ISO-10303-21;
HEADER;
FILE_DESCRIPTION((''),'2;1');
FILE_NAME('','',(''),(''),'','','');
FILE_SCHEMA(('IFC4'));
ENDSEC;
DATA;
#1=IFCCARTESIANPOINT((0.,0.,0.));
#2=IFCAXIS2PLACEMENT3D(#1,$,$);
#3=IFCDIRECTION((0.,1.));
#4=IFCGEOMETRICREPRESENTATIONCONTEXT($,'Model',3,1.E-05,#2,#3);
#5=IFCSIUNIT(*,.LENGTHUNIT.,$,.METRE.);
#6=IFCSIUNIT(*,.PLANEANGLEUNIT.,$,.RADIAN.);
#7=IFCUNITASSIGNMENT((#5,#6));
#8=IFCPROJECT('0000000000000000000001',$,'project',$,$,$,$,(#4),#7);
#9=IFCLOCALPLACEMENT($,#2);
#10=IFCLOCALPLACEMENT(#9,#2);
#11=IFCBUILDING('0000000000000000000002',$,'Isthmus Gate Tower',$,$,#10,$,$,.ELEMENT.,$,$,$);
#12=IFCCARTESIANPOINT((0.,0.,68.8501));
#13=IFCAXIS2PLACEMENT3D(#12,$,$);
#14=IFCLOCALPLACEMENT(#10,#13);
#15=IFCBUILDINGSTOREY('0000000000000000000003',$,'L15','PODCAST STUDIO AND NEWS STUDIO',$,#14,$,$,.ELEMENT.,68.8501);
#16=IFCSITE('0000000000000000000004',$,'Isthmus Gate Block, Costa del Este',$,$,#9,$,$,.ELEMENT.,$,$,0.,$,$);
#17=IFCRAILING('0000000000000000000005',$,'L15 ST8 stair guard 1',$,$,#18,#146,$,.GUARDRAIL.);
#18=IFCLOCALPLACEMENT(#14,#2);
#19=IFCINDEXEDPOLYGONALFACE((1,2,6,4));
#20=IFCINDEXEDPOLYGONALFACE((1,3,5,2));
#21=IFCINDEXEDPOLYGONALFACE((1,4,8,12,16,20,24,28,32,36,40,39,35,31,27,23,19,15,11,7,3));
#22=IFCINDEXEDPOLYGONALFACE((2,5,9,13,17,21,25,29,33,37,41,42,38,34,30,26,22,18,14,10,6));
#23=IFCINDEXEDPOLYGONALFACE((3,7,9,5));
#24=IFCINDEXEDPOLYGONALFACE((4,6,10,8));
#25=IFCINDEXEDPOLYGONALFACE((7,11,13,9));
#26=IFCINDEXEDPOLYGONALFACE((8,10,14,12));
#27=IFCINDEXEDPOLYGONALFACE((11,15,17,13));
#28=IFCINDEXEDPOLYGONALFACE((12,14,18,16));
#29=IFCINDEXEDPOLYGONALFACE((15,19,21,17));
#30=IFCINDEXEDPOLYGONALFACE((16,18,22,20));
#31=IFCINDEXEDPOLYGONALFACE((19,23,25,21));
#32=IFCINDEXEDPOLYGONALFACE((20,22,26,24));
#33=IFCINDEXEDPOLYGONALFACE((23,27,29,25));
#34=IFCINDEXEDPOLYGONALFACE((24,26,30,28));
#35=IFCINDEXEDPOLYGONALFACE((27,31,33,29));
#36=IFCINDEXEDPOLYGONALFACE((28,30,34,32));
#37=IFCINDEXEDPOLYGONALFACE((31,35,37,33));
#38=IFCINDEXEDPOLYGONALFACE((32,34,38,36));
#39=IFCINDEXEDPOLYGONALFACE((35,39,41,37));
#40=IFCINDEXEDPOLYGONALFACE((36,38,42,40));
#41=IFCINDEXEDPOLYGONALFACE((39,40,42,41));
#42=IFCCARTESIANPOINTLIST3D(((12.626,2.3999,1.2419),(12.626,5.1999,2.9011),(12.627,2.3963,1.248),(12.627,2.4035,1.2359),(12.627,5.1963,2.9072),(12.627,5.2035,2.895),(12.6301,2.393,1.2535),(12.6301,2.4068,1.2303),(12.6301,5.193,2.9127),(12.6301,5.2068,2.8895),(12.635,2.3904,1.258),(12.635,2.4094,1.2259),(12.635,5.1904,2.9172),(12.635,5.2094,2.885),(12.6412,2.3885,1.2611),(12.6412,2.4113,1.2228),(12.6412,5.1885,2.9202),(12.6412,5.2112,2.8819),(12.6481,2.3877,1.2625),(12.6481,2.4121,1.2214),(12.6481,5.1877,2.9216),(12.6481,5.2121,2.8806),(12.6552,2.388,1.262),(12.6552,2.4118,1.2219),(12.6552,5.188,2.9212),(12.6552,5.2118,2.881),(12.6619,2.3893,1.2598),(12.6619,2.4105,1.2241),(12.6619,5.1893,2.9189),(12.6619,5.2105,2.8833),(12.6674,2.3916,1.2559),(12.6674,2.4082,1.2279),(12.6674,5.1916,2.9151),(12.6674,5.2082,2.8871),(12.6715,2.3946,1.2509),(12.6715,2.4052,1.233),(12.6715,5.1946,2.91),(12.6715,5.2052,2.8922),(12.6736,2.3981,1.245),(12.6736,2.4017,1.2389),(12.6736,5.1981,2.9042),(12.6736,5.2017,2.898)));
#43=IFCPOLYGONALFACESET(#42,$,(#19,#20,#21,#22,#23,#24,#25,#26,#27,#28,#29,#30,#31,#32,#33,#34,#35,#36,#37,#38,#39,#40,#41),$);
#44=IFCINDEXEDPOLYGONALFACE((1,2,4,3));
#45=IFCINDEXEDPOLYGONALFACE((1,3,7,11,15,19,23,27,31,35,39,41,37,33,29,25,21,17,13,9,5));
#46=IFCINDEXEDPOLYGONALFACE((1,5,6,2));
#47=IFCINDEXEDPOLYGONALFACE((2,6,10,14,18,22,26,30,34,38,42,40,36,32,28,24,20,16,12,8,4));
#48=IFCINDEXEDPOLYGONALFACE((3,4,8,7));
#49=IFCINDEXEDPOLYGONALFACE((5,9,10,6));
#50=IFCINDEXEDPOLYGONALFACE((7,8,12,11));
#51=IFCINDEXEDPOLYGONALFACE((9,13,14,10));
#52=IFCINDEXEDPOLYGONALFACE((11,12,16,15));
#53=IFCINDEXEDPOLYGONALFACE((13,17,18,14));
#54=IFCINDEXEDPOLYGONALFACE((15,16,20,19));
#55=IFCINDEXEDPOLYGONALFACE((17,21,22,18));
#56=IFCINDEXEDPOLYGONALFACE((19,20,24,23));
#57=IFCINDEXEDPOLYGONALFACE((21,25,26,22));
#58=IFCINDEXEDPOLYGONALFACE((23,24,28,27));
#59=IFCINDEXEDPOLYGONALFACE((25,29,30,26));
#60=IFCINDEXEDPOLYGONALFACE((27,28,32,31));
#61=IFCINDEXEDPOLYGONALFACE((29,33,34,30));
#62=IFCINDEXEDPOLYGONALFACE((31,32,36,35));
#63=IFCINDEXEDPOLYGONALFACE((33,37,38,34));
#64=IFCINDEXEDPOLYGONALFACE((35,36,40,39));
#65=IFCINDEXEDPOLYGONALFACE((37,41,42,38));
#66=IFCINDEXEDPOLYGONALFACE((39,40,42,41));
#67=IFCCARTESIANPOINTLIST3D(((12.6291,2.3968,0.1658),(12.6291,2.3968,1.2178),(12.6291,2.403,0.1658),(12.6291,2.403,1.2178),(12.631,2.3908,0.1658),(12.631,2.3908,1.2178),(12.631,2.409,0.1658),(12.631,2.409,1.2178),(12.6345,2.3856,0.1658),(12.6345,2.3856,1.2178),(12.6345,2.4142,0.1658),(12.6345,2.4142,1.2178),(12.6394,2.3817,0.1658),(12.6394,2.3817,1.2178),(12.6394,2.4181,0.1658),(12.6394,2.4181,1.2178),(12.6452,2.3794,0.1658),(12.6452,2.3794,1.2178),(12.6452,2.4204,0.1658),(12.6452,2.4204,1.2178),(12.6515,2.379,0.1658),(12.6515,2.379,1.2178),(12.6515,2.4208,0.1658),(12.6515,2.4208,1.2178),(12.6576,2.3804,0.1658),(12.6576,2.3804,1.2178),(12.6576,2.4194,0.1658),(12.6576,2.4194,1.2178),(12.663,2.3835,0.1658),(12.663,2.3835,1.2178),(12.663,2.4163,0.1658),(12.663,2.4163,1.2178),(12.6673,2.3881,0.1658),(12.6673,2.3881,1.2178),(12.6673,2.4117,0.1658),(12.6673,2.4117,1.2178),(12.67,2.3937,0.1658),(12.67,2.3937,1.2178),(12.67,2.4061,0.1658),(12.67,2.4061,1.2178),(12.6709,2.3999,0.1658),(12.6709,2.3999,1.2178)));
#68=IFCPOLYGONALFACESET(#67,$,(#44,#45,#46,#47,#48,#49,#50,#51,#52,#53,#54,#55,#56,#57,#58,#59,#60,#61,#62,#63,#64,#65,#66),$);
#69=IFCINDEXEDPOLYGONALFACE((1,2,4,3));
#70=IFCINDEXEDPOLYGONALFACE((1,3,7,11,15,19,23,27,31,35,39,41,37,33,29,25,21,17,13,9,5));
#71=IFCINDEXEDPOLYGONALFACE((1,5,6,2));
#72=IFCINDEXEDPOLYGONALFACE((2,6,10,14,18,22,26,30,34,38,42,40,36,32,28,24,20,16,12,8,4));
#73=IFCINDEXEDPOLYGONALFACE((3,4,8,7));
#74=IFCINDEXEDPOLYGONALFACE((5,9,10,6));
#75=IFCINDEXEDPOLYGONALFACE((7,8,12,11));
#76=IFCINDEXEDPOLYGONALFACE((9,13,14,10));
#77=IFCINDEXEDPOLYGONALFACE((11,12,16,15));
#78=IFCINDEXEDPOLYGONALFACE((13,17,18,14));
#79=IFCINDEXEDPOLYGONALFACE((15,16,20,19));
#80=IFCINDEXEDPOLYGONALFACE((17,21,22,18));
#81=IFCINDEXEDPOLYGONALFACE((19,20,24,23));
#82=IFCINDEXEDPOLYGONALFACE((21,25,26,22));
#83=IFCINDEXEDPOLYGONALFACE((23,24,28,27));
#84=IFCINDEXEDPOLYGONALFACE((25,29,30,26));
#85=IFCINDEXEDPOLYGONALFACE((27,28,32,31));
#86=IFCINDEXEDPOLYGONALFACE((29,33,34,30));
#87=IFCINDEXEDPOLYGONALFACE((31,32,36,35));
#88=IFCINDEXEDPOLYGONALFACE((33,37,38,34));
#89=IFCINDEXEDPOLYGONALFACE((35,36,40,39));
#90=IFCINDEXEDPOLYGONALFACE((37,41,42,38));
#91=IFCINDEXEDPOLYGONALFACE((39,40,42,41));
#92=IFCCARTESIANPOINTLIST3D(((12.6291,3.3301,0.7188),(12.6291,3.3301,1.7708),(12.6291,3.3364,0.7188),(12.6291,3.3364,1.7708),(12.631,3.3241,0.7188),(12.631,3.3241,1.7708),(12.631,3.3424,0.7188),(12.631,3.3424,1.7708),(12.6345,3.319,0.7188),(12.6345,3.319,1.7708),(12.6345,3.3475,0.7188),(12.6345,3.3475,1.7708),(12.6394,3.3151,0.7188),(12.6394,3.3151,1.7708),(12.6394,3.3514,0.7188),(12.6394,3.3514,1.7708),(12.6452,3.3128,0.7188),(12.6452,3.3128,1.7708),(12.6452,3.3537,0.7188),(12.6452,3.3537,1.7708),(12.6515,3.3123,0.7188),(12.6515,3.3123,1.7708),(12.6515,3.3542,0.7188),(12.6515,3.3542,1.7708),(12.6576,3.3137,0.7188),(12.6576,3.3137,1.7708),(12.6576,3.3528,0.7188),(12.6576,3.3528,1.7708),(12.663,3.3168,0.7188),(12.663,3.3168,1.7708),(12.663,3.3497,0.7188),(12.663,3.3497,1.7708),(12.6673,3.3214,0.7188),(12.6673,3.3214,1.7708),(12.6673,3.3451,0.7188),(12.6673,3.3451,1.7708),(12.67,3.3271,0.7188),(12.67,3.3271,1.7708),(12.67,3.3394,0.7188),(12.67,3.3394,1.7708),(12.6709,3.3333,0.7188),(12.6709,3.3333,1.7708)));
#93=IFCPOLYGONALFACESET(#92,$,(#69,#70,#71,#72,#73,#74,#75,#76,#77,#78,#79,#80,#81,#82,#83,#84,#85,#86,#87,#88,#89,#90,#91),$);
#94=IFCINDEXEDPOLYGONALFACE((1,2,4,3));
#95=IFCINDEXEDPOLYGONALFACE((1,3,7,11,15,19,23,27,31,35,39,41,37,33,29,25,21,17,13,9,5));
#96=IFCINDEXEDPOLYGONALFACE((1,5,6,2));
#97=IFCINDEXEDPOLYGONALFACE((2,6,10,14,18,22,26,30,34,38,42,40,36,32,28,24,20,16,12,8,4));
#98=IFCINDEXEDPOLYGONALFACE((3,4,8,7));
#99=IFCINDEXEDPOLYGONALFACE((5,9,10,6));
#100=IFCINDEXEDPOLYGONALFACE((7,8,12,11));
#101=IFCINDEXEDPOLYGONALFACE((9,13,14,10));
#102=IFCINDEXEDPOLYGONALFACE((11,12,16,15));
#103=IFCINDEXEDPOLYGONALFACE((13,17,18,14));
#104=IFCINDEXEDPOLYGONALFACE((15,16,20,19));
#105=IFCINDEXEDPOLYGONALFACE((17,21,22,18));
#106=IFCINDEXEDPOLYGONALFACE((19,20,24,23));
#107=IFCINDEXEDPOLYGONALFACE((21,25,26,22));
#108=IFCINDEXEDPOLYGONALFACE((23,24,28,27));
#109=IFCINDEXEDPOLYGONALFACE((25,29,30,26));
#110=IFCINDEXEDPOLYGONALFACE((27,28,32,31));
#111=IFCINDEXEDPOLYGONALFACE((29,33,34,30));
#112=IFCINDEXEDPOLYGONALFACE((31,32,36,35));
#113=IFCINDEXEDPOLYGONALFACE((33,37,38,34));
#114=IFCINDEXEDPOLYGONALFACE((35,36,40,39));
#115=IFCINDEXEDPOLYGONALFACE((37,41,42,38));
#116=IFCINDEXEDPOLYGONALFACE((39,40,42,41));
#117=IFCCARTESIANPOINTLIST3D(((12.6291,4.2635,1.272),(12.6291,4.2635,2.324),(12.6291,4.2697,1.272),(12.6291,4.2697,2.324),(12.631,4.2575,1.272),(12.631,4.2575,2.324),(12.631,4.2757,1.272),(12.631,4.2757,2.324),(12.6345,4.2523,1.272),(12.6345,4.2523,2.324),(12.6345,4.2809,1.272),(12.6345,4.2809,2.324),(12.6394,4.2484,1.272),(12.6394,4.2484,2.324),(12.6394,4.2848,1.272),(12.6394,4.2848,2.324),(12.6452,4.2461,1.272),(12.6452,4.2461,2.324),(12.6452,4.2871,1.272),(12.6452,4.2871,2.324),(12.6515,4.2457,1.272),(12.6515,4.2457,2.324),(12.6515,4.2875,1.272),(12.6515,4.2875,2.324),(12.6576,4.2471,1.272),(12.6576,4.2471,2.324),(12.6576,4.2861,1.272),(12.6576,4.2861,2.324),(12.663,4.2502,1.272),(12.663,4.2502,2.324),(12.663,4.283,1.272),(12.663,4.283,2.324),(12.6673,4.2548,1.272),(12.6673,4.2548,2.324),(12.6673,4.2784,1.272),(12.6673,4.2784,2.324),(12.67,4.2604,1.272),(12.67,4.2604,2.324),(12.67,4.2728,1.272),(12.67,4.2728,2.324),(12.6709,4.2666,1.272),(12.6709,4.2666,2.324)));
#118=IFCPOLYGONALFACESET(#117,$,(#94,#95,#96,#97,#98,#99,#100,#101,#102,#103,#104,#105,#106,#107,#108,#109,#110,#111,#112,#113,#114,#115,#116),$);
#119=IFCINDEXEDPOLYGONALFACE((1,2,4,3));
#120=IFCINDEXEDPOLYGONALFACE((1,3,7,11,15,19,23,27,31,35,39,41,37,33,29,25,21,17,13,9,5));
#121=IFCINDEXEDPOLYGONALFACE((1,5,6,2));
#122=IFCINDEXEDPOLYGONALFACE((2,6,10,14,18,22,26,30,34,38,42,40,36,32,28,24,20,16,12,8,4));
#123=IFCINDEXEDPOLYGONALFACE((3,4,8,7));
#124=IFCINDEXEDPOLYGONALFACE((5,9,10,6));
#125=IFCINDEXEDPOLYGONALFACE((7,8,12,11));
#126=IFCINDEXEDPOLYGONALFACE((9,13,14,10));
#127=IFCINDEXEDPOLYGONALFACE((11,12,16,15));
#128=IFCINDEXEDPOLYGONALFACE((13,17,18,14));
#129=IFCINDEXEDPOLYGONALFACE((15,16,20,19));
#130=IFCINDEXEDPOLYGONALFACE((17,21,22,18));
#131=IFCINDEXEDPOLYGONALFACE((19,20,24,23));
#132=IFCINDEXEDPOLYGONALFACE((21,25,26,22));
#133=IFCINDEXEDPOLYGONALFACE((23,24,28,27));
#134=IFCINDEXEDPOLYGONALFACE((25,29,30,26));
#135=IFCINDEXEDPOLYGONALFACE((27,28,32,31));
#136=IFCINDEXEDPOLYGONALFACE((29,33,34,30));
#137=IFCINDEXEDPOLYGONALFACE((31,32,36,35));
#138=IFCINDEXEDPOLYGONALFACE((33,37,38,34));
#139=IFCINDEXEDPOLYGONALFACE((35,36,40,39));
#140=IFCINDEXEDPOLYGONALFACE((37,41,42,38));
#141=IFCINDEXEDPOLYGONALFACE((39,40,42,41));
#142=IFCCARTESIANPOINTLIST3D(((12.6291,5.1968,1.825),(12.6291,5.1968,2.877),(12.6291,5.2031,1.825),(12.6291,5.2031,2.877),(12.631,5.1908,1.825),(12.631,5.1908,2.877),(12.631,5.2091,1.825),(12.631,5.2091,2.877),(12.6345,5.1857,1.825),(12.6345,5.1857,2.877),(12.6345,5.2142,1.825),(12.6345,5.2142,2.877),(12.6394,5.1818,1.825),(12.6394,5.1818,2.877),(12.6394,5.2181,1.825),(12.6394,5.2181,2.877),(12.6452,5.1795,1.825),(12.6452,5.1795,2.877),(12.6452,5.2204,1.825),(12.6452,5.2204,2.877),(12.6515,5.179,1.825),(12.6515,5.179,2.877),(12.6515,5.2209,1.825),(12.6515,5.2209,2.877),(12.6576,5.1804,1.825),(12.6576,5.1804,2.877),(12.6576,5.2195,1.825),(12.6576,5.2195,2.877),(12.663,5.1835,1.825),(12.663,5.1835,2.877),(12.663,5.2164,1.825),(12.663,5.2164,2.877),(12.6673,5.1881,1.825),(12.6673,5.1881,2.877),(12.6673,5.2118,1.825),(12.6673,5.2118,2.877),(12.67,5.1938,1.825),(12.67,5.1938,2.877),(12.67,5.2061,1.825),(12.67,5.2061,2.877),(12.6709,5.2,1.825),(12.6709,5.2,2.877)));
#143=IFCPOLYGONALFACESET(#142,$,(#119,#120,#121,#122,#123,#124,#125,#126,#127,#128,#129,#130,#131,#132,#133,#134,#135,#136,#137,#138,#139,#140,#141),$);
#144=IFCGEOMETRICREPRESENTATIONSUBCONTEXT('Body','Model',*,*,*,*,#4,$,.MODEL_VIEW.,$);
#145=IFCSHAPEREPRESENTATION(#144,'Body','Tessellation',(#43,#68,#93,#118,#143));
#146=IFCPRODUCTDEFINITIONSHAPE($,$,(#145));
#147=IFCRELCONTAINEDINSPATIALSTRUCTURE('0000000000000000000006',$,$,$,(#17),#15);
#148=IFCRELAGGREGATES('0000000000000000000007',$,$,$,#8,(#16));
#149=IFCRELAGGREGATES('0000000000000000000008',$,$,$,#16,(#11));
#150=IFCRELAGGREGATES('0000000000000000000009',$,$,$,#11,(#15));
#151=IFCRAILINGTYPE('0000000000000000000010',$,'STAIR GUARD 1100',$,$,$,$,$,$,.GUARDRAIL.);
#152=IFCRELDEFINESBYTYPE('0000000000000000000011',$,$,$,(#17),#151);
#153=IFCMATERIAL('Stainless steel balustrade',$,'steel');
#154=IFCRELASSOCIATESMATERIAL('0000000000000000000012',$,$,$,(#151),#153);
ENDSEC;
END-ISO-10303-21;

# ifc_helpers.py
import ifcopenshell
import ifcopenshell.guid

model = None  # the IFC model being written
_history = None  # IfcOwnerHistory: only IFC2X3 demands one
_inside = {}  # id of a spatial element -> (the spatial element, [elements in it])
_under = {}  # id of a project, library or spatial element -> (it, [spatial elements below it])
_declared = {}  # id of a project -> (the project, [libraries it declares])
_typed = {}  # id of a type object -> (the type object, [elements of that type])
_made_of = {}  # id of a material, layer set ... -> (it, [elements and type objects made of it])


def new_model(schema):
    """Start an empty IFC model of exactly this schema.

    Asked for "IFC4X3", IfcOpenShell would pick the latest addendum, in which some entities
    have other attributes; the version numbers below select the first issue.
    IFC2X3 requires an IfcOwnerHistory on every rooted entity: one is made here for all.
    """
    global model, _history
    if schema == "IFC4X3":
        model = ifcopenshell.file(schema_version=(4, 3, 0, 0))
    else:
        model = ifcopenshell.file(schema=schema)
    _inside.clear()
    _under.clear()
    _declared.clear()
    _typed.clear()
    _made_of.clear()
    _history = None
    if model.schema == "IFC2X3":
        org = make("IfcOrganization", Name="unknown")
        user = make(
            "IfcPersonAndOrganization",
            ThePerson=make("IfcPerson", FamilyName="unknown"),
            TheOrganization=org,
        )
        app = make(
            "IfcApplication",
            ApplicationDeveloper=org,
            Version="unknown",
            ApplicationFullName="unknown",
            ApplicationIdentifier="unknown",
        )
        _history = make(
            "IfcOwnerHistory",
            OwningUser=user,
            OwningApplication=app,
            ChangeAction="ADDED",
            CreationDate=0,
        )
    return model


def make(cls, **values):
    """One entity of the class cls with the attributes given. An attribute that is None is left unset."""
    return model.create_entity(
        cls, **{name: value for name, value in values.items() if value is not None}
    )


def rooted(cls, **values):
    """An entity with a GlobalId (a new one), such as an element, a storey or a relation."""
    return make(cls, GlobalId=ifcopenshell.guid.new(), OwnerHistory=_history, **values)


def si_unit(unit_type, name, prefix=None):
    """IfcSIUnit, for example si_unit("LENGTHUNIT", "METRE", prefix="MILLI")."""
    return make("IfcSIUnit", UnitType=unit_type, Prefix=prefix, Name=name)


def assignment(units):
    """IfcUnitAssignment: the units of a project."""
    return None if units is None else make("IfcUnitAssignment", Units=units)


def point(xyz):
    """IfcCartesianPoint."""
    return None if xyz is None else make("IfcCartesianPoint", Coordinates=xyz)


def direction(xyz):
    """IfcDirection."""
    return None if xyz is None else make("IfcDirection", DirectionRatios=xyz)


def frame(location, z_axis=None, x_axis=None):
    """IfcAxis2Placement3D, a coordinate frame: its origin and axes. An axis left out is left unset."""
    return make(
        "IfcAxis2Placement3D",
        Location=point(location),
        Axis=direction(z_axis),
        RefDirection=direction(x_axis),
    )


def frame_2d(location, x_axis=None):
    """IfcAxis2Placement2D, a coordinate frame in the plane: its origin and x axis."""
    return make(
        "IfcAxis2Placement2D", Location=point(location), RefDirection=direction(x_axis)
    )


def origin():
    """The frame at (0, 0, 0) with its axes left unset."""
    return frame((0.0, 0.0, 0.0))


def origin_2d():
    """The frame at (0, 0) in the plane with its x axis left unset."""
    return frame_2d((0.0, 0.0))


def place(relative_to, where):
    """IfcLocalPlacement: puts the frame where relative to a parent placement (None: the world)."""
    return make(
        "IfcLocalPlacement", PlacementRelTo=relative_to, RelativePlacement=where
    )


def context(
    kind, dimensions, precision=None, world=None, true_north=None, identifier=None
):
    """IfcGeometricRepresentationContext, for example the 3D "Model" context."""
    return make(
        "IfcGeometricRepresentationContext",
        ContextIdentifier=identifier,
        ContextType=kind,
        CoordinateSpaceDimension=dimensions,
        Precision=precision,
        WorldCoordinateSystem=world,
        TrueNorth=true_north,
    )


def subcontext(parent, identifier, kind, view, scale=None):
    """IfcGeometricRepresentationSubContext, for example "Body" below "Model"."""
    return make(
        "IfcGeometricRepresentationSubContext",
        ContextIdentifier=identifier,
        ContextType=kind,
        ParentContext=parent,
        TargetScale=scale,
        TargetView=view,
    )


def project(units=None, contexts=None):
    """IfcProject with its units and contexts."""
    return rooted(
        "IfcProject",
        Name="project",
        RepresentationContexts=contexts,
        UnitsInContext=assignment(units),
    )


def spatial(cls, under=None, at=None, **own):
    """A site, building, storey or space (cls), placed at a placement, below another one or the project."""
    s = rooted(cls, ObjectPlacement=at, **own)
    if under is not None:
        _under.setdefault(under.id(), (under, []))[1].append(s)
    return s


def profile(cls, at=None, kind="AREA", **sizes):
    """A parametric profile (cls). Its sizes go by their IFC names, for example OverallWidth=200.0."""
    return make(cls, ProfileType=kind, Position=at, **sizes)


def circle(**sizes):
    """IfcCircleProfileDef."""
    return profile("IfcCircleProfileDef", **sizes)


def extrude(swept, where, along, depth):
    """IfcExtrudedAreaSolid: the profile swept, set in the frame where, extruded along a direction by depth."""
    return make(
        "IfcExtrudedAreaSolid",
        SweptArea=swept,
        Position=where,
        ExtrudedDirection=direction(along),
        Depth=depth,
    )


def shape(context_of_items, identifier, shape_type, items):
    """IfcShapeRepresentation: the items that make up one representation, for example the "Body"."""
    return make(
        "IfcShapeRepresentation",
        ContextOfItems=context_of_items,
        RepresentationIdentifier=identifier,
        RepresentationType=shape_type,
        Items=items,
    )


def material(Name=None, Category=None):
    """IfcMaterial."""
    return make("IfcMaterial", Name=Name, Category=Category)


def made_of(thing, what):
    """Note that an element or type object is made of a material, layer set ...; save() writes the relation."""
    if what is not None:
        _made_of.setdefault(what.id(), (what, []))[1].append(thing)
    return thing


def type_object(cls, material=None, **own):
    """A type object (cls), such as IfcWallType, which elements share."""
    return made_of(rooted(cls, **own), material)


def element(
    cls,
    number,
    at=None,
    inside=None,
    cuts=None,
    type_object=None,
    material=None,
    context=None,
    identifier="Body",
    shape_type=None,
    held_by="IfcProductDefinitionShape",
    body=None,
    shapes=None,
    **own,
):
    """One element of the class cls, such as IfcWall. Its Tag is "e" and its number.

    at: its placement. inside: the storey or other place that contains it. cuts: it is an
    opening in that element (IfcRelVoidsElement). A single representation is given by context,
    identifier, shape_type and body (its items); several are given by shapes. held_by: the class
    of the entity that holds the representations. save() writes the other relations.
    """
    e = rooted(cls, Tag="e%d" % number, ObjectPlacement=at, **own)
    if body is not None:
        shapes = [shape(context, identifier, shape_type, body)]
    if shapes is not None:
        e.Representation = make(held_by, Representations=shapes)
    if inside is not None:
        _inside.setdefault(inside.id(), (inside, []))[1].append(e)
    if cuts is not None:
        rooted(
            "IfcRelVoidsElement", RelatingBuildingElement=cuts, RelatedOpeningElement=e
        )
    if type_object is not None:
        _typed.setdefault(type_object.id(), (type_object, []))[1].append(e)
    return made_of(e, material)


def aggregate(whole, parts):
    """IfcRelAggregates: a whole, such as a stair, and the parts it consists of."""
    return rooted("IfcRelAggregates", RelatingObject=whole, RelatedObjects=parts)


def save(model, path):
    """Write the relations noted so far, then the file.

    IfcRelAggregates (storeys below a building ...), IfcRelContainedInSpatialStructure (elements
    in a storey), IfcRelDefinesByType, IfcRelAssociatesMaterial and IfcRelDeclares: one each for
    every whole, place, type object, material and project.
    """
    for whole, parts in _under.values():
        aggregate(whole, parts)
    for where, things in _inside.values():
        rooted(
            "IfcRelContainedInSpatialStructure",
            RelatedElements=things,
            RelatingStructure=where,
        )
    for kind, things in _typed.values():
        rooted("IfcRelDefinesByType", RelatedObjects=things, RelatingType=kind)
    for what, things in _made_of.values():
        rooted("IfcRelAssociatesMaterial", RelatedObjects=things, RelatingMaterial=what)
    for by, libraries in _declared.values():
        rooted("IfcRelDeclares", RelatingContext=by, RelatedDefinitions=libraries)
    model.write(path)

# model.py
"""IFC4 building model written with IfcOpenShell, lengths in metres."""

from ifc_helpers import new_model, si_unit, direction, frame, origin, origin_2d, place, context, subcontext, project, spatial, circle, extrude, material, type_object, element, save


model = new_model("IFC4")

# Units and contexts
model_context = context("Model", 3, precision=1e-05, world=origin(), true_north=direction((0.0, 1.0)))
body_context = subcontext(model_context, "Body", "Model", "MODEL_VIEW")
ifc_project = project(units=[si_unit("LENGTHUNIT", "METRE"), si_unit("PLANEANGLEUNIT", "RADIAN")], contexts=[model_context])

# Site, building, storey
site_placement = place(None, origin())
site = spatial("IfcSite", under=ifc_project, at=site_placement, Name="Isthmus Gate Block, Costa del Este", CompositionType="ELEMENT", RefElevation=0.0)
building_placement = place(site_placement, origin())
building = spatial("IfcBuilding", under=site, at=building_placement, Name="Isthmus Gate Tower", CompositionType="ELEMENT")
storey_placement = place(building_placement, frame((0.0, 0.0, 68.8501)))
storey = spatial("IfcBuildingStorey", under=building, at=storey_placement, Name="L15", Description="PODCAST STUDIO AND NEWS STUDIO", CompositionType="ELEMENT", Elevation=68.8501)

# Railing
ifc_material_1 = material(Name="Stainless steel balustrade", Category="steel")
railing_type_1 = type_object("IfcRailingType", Name="STAIR GUARD 1100", PredefinedType="GUARDRAIL", material=ifc_material_1)
railing_1_placement = place(storey_placement, frame((12.6499, 2.3999, 0.1658)))
element("IfcRailing", 1, at=railing_1_placement, inside=storey, type_object=railing_type_1, Name="L15 ST8 stair guard 1", PredefinedType="GUARDRAIL", context=body_context, shape_type="SweptSolid", body=[
    extrude(circle(Radius=0.0239, at=origin_2d()), frame((0.0, 0.0, 1.0762), z_axis=(0.0, 0.860306, 0.509778), x_axis=(-1.0, 0.0, 0.0)), (0.0, 0.0, 1.0), 3.2546),
    extrude(circle(Radius=0.021, at=origin_2d()), origin(), (0.0, 0.0, 1.0), 1.052),
    extrude(circle(Radius=0.021, at=origin_2d()), frame((0.0, 0.9333, 0.553)), (0.0, 0.0, 1.0), 1.052),
    extrude(circle(Radius=0.021, at=origin_2d()), frame((0.0, 1.8667, 1.1062)), (0.0, 0.0, 1.0), 1.052),
    extrude(circle(Radius=0.021, at=origin_2d()), frame((0.0, 2.8, 1.6592)), (0.0, 0.0, 1.0), 1.052),
])

save(model, "model.ifc")
